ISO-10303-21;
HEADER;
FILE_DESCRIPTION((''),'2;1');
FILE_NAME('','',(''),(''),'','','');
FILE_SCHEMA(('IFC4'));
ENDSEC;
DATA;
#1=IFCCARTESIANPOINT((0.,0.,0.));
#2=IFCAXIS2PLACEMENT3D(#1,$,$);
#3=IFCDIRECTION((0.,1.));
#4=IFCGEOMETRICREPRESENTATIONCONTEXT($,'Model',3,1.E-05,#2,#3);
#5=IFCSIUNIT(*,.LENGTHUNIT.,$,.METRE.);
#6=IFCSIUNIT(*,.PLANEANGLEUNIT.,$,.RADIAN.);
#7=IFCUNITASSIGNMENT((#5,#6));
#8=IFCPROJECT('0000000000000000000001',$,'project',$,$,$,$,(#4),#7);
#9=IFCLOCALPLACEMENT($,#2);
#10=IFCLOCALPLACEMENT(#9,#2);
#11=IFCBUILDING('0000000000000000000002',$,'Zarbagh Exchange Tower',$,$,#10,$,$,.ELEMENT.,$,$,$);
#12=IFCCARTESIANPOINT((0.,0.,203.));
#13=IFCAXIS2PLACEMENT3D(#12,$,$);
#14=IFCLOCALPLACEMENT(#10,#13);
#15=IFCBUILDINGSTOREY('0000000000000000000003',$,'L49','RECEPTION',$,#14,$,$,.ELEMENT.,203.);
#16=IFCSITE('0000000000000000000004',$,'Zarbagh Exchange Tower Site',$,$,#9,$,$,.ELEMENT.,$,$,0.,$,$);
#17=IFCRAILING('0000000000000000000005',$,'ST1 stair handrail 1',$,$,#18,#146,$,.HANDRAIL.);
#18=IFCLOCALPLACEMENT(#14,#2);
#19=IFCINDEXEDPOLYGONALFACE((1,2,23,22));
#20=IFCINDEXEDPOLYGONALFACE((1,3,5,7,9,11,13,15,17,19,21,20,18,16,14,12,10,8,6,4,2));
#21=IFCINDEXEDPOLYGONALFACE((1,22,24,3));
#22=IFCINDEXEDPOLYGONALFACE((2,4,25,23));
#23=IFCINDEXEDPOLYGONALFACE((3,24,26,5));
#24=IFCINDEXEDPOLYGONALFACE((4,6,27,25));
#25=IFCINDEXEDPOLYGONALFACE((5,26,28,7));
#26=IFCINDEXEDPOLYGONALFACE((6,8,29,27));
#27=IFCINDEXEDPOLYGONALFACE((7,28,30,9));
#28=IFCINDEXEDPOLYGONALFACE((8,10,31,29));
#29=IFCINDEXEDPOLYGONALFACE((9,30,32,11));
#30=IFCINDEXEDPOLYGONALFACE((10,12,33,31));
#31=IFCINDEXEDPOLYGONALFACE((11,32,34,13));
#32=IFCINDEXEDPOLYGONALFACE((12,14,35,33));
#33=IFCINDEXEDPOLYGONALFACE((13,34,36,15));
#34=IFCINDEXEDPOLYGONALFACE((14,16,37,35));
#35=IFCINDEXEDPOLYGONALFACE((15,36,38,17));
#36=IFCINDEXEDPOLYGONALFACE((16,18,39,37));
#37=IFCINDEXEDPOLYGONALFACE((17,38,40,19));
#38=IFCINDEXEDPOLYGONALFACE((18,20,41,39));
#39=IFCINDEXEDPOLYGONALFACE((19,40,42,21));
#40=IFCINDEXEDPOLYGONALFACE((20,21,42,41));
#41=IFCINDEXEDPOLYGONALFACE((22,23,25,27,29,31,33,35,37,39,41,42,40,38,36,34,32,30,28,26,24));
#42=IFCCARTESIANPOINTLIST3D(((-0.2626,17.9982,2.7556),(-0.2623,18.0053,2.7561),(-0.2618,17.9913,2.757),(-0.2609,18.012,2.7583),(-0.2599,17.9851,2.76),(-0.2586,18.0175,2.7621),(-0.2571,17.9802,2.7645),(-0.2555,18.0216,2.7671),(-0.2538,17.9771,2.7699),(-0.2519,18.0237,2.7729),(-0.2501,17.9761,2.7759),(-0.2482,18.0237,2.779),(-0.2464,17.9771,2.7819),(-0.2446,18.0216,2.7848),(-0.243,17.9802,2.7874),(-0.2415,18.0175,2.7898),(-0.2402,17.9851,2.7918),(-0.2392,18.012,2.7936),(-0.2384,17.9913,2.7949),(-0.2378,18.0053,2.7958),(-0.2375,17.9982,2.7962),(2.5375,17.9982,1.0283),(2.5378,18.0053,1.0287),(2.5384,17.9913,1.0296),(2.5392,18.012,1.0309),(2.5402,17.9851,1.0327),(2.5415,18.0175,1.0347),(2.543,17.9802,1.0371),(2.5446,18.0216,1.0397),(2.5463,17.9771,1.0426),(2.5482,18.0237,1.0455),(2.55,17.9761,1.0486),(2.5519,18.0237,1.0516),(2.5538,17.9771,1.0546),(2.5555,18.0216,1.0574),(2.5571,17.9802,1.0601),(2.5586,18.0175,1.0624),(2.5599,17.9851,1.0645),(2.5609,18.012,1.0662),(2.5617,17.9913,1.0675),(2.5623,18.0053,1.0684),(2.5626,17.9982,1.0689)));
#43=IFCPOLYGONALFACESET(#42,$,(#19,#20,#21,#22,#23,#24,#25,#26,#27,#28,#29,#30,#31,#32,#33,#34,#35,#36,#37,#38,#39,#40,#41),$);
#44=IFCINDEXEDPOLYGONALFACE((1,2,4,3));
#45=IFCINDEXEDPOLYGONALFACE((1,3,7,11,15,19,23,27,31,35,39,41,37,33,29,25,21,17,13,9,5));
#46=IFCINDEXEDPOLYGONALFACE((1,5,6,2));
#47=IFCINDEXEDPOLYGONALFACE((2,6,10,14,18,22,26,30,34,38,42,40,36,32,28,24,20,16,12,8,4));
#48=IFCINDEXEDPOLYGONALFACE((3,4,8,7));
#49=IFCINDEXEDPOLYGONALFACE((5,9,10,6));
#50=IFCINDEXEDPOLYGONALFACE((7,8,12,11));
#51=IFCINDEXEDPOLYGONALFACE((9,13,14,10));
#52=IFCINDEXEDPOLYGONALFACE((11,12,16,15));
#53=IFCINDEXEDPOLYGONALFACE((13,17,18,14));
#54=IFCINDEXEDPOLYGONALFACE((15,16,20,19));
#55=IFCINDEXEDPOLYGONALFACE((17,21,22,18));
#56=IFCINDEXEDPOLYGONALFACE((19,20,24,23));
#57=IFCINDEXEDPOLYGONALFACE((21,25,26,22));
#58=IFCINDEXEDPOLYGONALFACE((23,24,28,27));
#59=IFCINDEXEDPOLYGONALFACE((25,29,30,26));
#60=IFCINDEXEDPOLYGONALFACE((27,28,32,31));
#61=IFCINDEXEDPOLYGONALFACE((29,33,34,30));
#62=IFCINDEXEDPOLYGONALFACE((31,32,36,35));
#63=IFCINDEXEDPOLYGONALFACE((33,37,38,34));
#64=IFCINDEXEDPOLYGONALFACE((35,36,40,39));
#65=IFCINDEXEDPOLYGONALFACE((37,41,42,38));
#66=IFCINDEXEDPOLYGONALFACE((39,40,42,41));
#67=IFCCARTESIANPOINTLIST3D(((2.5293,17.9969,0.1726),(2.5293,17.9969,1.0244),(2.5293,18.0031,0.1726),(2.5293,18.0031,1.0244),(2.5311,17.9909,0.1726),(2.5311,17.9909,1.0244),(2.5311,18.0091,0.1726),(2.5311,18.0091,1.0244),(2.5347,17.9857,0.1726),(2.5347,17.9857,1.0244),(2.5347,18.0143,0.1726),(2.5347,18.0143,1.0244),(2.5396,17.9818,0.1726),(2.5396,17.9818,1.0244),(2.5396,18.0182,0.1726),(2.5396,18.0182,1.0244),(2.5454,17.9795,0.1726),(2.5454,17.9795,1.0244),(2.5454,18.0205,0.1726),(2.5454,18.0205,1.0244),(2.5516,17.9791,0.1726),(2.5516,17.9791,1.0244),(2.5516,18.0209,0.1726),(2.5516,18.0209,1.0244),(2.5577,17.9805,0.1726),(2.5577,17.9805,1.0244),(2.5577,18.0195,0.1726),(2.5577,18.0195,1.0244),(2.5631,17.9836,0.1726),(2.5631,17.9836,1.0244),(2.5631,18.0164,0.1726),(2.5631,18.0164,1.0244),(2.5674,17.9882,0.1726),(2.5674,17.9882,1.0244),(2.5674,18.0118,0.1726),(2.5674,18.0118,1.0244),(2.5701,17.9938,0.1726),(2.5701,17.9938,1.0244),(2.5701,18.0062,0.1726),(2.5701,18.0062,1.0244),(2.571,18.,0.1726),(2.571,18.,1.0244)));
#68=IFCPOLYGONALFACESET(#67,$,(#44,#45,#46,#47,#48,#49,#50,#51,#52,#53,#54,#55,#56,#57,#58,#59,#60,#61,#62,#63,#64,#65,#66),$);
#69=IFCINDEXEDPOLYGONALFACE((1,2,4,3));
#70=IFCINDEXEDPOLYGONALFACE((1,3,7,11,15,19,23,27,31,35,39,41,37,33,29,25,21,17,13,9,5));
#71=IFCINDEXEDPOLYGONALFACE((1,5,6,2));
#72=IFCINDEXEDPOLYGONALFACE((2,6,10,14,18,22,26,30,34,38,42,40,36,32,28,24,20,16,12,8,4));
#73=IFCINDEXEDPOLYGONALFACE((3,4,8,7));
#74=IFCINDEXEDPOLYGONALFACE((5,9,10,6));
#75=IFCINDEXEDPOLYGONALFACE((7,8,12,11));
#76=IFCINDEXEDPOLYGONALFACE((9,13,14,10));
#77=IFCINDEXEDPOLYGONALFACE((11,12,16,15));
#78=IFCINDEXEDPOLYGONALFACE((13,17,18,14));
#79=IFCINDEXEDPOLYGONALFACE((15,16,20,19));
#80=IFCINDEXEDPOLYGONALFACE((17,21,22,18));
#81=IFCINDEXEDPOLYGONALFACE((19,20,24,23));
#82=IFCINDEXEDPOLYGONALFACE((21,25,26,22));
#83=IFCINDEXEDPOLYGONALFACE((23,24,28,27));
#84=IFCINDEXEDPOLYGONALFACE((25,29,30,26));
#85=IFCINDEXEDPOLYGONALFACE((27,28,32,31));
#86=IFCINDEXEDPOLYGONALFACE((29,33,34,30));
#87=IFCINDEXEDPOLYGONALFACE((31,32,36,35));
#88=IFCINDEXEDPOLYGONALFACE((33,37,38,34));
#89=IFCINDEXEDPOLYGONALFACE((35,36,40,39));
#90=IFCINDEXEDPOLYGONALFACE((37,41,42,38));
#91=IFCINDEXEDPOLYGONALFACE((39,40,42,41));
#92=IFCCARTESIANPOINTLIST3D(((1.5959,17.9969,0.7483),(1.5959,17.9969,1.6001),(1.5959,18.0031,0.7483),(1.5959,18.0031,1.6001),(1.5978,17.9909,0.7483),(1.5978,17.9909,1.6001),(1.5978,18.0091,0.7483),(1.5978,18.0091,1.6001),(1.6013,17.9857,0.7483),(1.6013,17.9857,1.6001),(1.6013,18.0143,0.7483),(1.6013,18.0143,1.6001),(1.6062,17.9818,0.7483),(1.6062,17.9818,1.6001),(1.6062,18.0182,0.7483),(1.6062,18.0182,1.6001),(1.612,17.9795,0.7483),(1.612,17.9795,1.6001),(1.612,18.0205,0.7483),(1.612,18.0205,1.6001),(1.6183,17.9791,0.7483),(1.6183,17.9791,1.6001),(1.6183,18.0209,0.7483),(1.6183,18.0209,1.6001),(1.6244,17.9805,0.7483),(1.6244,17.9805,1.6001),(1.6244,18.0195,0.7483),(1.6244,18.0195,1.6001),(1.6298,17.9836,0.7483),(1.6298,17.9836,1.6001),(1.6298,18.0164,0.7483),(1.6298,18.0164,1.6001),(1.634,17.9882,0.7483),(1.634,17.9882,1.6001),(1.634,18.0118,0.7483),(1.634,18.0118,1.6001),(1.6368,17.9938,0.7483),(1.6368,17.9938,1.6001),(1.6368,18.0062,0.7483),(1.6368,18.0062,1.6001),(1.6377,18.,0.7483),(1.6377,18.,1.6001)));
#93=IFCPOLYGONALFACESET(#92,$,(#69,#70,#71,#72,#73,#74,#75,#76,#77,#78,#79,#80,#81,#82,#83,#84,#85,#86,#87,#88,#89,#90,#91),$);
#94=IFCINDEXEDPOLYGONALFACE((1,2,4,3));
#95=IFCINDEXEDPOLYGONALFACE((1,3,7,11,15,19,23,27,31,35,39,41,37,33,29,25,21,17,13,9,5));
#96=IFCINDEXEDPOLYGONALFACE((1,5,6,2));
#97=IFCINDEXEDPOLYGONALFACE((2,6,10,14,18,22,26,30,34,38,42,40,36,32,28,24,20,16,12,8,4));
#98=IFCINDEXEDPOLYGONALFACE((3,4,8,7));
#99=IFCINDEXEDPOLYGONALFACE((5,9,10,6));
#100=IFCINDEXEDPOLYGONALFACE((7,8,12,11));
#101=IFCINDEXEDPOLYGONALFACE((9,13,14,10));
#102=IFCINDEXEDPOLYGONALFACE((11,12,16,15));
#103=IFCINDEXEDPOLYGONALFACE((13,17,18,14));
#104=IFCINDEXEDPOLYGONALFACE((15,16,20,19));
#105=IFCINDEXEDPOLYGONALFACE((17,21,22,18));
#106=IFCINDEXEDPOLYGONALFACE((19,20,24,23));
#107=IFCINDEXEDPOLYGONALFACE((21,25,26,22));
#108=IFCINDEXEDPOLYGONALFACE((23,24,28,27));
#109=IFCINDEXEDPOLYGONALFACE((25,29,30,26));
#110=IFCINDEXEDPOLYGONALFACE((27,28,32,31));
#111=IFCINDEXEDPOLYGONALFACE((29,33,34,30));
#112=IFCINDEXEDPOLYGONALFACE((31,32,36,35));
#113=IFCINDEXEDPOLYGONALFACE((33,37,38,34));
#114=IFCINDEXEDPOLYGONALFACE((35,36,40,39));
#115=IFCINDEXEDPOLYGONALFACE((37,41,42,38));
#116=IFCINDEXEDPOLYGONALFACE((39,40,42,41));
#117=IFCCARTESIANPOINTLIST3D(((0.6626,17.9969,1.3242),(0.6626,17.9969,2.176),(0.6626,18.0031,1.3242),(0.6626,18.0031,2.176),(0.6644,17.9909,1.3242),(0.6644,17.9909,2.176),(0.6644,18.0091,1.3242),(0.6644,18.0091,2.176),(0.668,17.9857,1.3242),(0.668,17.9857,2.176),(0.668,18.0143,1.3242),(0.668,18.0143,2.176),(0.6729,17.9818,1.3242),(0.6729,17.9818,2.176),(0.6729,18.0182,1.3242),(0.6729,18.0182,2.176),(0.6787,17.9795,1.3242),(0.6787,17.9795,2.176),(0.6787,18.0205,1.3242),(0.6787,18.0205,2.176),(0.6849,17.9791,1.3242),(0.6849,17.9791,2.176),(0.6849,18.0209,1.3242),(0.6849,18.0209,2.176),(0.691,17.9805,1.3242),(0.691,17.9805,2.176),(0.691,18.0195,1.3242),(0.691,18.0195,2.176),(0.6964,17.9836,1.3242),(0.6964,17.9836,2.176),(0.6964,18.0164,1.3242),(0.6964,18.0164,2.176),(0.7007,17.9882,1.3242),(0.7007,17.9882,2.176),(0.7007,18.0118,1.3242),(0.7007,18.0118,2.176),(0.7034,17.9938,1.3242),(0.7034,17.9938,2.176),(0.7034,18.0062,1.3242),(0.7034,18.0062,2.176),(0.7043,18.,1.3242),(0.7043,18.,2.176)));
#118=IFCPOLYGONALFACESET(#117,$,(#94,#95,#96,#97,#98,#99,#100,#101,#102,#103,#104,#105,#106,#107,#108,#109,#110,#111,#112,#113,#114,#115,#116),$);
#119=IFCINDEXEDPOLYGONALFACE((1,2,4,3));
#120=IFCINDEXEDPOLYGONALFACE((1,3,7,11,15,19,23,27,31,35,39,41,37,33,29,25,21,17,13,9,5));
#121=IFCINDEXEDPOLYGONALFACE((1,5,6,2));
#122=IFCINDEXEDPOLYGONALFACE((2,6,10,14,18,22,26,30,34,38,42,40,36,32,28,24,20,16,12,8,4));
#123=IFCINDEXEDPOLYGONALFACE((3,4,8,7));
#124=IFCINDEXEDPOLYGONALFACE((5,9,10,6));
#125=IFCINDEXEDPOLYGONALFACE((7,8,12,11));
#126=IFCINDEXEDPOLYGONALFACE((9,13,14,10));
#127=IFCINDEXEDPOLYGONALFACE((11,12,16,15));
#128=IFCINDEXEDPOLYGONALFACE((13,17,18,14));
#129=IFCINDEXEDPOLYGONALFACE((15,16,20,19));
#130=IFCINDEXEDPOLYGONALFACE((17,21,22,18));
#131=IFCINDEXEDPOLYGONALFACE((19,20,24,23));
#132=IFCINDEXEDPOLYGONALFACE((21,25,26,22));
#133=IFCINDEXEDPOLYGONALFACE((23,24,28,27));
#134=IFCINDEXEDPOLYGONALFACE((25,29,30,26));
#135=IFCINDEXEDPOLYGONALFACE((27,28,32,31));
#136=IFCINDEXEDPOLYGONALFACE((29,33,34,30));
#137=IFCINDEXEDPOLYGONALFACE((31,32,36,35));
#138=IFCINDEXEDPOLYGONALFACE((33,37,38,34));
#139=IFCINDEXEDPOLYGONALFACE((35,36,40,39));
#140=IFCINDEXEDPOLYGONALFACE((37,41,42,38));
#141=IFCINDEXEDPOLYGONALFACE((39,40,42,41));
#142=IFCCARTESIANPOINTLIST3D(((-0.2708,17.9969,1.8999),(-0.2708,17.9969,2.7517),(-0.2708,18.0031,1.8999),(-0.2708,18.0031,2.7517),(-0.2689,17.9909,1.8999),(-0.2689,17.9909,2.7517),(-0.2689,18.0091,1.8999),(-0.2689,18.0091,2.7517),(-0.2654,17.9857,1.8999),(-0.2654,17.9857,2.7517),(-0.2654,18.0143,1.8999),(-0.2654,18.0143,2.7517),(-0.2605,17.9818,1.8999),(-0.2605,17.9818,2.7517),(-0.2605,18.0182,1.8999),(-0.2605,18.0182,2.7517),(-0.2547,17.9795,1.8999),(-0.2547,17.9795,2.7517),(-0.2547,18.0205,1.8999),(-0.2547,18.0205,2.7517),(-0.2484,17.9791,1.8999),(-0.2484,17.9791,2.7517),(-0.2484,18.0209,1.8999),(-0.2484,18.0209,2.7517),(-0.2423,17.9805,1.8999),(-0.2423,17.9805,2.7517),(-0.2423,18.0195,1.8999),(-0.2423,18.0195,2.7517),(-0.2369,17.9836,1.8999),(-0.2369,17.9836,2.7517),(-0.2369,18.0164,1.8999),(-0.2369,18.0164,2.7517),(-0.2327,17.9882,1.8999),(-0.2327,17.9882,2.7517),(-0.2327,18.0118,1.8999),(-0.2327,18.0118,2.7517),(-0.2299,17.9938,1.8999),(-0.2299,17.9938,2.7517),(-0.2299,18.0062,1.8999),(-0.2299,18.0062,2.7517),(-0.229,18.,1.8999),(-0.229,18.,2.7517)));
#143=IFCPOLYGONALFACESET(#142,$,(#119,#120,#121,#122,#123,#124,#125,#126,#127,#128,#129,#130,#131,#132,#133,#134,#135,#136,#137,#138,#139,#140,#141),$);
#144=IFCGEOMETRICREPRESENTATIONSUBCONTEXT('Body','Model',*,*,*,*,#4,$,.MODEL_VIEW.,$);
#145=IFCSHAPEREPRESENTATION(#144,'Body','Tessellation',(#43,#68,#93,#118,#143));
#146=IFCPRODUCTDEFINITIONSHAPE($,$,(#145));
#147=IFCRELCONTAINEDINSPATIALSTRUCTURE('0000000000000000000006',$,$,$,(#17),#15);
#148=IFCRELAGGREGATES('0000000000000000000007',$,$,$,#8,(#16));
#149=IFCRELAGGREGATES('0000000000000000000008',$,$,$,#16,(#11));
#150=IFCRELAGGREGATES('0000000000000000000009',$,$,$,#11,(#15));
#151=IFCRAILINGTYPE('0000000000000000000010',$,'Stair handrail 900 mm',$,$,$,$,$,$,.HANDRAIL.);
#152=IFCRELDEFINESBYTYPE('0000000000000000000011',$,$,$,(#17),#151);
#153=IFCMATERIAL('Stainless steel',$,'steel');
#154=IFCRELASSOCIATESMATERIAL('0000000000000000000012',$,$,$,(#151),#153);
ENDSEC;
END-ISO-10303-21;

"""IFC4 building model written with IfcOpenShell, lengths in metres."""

from ifc_helpers import new_model, si_unit, direction, frame, origin, origin_2d, place, context, subcontext, project, spatial, circle, extrude, material, type_object, element, save


model = new_model("IFC4")

# Units and contexts
model_context = context("Model", 3, precision=1e-05, world=origin(), true_north=direction((0.0, 1.0)))
body_context = subcontext(model_context, "Body", "Model", "MODEL_VIEW")
ifc_project = project(units=[si_unit("LENGTHUNIT", "METRE"), si_unit("PLANEANGLEUNIT", "RADIAN")], contexts=[model_context])

# Site, building, storey
site_placement = place(None, origin())
site = spatial("IfcSite", under=ifc_project, at=site_placement, Name="Zarbagh Exchange Tower Site", CompositionType="ELEMENT", RefElevation=0.0)
building_placement = place(site_placement, origin())
building = spatial("IfcBuilding", under=site, at=building_placement, Name="Zarbagh Exchange Tower", CompositionType="ELEMENT")
storey_placement = place(building_placement, frame((0.0, 0.0, 203.0)))
storey = spatial("IfcBuildingStorey", under=building, at=storey_placement, Name="L49", Description="RECEPTION", CompositionType="ELEMENT", Elevation=203.0)

# Shared definitions
ifc_material_1 = material(Name="Stainless steel", Category="steel")

# Railing
railing_type_1 = type_object("IfcRailingType", Name="Stair handrail 900 mm", PredefinedType="HANDRAIL", material=ifc_material_1)
railing_1_placement = place(storey_placement, frame((2.55, 18.0, 0.1726)))
element("IfcRailing", 1, at=railing_1_placement, inside=storey, type_object=railing_type_1, Name="ST1 stair handrail 1", PredefinedType="HANDRAIL", context=body_context, shape_type="SweptSolid", body=[
    extrude(circle(Radius=0.0239, at=origin_2d()), frame((0.0, 0.0, 0.876), z_axis=(-0.85109, 0.0, 0.52502), x_axis=(0.0, -1.0, 0.0)), (0.0, 0.0, 1.0), 3.29),
    extrude(circle(Radius=0.021, at=origin_2d()), origin(), (0.0, 0.0, 1.0), 0.8518),
    extrude(circle(Radius=0.021, at=origin_2d()), frame((-0.9333, 0.0, 0.5757)), (0.0, 0.0, 1.0), 0.8518),
    extrude(circle(Radius=0.021, at=origin_2d()), frame((-1.8667, 0.0, 1.1516)), (0.0, 0.0, 1.0), 0.8518),
    extrude(circle(Radius=0.021, at=origin_2d()), frame((-2.8, 0.0, 1.7273)), (0.0, 0.0, 1.0), 0.8518),
])

save(model, "model.ifc")
